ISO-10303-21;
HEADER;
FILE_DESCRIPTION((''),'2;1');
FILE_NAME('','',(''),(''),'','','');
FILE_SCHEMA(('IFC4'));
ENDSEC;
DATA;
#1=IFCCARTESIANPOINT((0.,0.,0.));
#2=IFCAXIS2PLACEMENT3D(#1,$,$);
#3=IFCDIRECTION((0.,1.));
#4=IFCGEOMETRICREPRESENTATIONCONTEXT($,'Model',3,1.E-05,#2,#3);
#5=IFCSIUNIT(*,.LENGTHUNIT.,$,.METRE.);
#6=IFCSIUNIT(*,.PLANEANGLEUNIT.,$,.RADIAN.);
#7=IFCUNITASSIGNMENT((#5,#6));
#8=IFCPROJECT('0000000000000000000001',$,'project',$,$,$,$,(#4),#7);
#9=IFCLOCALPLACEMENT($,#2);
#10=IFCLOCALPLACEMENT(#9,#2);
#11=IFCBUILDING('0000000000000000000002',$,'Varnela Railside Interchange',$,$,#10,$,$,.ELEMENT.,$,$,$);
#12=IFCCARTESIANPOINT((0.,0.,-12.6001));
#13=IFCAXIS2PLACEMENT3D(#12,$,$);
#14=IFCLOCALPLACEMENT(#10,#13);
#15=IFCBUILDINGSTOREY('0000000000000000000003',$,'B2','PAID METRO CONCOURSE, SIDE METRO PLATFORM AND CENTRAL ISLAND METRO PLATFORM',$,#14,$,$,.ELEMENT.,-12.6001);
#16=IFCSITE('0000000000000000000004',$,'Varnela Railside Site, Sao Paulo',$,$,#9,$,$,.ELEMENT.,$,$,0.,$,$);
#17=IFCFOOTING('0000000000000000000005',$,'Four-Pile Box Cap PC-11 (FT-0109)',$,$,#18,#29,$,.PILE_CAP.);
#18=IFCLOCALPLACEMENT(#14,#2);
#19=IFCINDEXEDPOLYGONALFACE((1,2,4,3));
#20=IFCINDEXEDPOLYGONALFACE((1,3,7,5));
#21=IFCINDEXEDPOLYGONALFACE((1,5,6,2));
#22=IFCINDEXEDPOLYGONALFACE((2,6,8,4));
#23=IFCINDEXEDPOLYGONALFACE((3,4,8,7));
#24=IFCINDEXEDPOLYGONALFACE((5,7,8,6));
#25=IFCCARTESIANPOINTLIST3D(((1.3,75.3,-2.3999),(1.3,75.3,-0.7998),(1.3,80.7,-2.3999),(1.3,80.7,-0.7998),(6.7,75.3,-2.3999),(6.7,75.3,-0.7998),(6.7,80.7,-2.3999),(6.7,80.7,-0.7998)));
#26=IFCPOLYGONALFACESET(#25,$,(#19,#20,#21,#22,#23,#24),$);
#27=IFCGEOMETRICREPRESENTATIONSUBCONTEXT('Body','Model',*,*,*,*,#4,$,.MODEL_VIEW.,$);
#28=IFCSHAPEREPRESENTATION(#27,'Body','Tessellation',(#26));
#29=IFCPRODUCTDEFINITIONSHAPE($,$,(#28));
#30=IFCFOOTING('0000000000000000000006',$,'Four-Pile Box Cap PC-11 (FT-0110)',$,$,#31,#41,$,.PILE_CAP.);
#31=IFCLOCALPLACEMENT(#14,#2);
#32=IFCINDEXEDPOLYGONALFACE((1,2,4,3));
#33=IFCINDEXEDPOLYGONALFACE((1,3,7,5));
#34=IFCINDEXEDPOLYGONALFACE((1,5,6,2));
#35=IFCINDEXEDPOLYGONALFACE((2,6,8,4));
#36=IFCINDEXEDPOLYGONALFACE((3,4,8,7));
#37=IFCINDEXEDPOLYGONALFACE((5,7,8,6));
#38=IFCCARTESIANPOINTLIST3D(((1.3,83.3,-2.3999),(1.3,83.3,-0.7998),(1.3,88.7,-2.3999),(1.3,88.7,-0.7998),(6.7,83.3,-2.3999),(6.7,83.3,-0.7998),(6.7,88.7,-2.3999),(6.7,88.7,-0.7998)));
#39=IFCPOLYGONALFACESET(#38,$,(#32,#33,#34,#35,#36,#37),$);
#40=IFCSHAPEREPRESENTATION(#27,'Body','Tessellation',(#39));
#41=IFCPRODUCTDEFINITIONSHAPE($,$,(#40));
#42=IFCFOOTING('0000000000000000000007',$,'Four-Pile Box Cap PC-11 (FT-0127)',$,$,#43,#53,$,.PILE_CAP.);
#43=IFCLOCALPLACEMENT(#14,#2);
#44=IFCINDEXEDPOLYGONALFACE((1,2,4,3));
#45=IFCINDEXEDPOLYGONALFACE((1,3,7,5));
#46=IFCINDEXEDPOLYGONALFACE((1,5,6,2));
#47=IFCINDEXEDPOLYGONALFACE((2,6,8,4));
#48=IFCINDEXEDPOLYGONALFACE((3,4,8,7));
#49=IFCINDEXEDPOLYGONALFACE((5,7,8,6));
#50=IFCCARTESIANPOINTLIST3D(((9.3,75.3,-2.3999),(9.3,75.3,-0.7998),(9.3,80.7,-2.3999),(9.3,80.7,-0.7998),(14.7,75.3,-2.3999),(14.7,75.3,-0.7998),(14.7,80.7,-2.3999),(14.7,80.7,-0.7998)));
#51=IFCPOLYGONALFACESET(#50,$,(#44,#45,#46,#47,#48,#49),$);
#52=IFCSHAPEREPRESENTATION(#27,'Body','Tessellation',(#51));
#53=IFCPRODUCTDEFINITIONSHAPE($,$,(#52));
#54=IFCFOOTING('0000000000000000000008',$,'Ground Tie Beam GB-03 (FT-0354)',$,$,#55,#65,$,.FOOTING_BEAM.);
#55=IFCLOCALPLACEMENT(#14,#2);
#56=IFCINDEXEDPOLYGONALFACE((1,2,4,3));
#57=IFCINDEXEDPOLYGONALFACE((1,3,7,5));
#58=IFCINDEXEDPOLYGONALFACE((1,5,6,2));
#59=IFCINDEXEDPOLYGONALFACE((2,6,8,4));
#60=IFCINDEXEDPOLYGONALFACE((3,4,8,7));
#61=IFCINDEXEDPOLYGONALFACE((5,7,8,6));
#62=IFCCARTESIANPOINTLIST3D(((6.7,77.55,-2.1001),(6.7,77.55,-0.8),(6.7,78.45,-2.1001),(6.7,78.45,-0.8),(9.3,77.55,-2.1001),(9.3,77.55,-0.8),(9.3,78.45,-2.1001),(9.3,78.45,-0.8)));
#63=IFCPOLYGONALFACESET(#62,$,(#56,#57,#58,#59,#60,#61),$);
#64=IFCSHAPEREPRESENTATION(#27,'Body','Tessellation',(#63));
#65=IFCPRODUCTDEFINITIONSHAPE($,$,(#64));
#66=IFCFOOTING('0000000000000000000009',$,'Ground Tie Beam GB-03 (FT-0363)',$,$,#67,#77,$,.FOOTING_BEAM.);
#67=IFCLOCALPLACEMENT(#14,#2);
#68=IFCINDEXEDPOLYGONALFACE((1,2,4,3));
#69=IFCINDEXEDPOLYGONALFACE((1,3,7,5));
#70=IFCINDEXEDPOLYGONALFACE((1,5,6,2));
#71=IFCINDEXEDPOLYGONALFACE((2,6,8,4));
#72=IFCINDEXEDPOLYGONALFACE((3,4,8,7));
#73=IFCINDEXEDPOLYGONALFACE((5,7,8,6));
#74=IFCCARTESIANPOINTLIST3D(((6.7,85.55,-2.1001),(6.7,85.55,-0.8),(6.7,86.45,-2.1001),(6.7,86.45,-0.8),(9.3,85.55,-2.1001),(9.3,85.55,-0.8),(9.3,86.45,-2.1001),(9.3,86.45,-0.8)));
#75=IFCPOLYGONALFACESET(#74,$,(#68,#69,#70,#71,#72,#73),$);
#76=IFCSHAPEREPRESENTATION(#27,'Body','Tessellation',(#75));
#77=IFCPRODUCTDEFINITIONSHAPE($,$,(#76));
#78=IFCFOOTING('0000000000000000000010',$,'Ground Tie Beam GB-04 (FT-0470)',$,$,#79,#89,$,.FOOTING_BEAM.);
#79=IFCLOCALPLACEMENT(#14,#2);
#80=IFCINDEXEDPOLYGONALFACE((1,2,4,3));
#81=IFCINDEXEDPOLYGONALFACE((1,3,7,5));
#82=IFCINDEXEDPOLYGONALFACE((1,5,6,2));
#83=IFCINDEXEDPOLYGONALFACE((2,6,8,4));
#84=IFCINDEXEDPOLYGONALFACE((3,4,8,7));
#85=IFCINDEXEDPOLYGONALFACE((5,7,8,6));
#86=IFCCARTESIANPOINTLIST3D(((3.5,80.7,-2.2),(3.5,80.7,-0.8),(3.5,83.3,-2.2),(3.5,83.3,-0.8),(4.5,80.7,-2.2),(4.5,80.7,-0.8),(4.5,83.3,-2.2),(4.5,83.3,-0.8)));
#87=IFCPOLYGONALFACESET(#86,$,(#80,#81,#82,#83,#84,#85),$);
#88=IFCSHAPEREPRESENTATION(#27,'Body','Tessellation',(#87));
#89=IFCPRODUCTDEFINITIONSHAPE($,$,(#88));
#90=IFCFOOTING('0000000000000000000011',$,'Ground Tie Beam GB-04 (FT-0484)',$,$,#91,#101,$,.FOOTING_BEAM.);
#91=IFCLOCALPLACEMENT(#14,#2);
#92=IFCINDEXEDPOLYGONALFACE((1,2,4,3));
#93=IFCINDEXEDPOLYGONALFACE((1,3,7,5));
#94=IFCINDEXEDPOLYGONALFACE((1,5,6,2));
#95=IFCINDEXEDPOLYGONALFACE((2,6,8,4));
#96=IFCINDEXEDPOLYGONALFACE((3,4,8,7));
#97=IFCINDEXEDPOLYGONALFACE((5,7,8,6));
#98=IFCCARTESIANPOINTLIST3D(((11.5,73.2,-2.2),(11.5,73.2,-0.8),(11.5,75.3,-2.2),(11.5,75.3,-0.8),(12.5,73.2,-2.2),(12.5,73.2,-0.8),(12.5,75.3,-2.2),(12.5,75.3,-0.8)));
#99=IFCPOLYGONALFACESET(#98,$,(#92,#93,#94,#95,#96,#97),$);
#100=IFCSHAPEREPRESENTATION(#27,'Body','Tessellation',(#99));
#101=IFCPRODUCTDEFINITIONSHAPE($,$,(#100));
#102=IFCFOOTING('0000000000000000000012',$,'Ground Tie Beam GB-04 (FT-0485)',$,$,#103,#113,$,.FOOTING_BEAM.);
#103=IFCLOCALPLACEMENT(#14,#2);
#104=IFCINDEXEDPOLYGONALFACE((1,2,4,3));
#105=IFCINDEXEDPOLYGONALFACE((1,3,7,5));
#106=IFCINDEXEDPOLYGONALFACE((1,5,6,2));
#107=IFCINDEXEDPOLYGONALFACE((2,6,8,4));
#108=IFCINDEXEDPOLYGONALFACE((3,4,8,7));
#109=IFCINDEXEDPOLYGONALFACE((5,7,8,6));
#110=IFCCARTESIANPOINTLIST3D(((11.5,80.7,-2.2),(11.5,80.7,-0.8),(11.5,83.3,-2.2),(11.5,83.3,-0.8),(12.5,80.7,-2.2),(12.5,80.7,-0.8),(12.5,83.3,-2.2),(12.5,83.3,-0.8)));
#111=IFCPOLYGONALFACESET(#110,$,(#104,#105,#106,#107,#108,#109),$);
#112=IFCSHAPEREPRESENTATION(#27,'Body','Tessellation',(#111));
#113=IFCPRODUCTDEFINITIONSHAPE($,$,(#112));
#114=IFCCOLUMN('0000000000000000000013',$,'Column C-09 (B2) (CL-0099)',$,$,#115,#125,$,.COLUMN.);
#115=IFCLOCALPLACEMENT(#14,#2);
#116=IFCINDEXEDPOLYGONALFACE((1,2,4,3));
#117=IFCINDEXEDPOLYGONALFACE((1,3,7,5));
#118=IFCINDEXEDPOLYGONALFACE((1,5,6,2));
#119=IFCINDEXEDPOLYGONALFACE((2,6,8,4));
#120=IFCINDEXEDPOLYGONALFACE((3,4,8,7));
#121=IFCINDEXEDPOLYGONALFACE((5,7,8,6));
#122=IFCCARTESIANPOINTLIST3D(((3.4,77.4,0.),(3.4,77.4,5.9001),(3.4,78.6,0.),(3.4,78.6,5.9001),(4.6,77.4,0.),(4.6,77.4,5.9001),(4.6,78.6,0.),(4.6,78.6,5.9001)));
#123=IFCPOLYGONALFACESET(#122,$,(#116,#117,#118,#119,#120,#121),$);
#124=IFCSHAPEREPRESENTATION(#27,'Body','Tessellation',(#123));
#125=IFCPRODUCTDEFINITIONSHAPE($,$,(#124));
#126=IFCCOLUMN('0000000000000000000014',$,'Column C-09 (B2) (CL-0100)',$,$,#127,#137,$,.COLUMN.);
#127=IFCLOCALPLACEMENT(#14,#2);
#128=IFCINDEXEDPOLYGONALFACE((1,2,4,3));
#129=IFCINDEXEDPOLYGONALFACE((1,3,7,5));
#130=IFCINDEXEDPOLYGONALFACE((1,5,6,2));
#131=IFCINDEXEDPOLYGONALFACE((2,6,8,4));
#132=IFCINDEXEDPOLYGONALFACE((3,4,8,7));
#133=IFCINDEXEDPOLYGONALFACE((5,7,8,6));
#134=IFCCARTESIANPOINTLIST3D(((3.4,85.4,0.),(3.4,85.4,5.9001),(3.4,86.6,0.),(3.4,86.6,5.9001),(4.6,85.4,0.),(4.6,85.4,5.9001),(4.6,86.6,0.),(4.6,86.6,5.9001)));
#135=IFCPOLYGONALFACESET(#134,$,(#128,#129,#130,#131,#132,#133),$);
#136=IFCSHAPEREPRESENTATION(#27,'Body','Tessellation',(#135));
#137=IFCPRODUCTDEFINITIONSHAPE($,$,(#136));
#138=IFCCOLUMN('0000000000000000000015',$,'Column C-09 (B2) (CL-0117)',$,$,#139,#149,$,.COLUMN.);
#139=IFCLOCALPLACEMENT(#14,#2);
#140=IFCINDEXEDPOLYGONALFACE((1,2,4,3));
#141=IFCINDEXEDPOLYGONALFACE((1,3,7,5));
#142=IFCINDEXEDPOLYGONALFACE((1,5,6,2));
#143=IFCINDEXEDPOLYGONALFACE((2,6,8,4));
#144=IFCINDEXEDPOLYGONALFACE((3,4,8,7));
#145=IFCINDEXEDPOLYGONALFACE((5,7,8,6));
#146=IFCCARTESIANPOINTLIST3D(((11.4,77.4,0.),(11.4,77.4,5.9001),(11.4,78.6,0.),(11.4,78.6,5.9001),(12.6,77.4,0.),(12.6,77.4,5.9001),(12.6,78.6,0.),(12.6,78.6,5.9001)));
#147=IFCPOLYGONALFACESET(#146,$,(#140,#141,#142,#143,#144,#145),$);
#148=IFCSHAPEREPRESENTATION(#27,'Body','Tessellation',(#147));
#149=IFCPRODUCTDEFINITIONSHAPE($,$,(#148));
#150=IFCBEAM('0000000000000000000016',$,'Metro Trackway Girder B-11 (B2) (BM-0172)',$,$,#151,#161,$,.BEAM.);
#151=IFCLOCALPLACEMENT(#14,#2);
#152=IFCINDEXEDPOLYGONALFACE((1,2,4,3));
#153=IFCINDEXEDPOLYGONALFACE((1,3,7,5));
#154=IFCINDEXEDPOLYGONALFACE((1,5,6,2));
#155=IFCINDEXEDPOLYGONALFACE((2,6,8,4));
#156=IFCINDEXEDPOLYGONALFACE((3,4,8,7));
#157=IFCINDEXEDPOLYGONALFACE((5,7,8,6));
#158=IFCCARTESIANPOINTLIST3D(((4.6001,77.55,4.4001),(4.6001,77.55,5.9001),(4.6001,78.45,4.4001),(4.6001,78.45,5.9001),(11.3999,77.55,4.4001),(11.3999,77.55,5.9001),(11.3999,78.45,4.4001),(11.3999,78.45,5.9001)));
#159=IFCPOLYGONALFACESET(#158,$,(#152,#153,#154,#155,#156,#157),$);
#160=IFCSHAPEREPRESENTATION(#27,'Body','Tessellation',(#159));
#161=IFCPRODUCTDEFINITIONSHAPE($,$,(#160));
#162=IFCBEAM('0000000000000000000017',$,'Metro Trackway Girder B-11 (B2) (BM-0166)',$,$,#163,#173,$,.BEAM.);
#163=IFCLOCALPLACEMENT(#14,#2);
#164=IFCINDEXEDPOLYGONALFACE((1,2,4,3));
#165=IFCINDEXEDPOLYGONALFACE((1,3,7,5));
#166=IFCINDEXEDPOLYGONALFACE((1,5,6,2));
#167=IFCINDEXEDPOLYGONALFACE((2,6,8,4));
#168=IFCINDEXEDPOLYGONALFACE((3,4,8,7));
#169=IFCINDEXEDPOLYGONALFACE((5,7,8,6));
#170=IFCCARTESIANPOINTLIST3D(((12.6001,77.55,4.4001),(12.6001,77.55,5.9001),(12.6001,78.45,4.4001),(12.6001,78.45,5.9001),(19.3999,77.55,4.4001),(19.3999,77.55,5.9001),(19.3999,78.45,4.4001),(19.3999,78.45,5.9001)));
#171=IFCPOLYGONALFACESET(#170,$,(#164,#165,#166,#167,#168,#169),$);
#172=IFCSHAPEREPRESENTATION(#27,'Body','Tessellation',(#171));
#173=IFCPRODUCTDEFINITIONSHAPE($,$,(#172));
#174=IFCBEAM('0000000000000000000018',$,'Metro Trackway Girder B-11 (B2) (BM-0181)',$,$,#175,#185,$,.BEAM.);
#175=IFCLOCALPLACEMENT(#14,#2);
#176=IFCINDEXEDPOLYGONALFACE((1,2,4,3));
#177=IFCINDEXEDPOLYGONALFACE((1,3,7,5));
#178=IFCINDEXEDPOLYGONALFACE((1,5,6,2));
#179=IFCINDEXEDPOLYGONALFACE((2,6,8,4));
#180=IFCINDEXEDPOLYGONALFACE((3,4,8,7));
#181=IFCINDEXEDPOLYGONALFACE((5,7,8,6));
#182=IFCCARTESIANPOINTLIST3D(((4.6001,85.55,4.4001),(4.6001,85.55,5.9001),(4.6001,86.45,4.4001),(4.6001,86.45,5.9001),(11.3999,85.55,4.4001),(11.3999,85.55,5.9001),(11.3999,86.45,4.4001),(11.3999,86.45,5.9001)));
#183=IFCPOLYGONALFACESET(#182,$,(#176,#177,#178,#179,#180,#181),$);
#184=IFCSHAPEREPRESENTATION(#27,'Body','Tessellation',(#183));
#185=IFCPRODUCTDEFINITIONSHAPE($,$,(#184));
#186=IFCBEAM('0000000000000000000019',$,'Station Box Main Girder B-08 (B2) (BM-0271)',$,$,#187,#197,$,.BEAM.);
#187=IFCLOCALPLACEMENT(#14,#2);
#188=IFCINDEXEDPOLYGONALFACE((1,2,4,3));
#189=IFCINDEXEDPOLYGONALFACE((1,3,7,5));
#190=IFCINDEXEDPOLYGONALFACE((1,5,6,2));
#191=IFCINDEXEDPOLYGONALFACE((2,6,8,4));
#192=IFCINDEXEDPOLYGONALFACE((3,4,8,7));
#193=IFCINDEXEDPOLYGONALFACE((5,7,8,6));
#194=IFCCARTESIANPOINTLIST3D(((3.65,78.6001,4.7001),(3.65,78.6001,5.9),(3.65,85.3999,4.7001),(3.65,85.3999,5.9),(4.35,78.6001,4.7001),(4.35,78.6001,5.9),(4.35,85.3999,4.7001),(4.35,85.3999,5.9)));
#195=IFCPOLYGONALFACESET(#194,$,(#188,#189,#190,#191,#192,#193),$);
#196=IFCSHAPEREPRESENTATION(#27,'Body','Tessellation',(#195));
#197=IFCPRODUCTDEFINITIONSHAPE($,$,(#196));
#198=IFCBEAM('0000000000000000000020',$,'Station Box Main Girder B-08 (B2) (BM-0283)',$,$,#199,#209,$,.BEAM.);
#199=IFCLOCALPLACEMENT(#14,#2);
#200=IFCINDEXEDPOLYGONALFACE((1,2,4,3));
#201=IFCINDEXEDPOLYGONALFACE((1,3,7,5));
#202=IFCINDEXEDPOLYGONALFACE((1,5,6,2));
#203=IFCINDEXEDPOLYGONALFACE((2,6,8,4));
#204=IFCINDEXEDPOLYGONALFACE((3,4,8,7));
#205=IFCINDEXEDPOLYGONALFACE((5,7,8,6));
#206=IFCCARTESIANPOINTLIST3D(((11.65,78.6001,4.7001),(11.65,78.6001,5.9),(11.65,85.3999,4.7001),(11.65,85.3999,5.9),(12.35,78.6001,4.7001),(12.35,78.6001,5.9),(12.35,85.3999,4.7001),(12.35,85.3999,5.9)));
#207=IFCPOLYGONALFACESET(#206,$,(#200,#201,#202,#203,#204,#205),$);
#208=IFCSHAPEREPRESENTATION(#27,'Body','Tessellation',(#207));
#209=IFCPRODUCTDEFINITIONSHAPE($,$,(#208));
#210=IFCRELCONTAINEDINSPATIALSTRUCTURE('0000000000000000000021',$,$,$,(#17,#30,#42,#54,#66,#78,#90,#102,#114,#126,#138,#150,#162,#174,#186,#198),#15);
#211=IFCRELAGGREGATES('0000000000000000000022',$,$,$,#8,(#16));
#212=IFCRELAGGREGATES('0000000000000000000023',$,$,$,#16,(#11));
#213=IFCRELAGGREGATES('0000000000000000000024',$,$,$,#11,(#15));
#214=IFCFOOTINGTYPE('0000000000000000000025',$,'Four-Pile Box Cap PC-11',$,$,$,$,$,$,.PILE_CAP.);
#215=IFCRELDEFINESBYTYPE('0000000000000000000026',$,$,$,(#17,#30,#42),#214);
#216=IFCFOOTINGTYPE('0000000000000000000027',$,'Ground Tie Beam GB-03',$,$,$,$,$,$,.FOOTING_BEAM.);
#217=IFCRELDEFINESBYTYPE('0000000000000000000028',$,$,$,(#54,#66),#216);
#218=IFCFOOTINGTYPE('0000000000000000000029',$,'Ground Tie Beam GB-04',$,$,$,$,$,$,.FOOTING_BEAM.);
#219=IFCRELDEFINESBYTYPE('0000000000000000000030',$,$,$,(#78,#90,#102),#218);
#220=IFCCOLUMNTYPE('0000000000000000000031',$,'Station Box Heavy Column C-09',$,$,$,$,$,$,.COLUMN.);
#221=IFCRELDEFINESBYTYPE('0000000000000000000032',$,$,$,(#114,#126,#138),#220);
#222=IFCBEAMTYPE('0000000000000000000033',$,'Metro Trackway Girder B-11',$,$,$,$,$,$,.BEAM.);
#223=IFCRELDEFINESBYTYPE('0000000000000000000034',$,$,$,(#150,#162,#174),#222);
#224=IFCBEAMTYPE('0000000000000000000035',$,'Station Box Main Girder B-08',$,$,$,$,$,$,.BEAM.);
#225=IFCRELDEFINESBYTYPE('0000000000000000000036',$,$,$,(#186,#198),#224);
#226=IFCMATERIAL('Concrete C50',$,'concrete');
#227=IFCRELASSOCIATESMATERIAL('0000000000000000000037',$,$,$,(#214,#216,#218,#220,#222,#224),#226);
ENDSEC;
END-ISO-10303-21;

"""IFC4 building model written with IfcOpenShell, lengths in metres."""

from ifc_helpers import new_model, si_unit, direction, frame, origin, origin_2d, place, context, subcontext, project, spatial, rectangle, extrude, material, material_profile, profile_set, type_object, element, save


model = new_model("IFC4")

# Units and contexts
model_context = context("Model", 3, precision=1e-05, world=origin(), true_north=direction((0.0, 1.0)))
body_context = subcontext(model_context, "Body", "Model", "MODEL_VIEW")
ifc_project = project(units=[si_unit("LENGTHUNIT", "METRE"), si_unit("PLANEANGLEUNIT", "RADIAN")], contexts=[model_context])

# Site, building, storey
site_placement = place(None, origin())
site = spatial("IfcSite", under=ifc_project, at=site_placement, Name="Varnela Railside Site, Sao Paulo", CompositionType="ELEMENT", RefElevation=0.0)
building_placement = place(site_placement, origin())
building = spatial("IfcBuilding", under=site, at=building_placement, Name="Varnela Railside Interchange", CompositionType="ELEMENT")
storey_placement = place(building_placement, frame((0.0, 0.0, -12.6001)))
storey = spatial("IfcBuildingStorey", under=building, at=storey_placement, Name="B2", Description="PAID METRO CONCOURSE, SIDE METRO PLATFORM AND CENTRAL ISLAND METRO PLATFORM", CompositionType="ELEMENT", Elevation=-12.6001)

# Footings
ifc_material_1 = material(Name="Concrete C50", Category="concrete")
footing_type_1 = type_object("IfcFootingType", Name="Four-Pile Box Cap PC-11", PredefinedType="PILE_CAP", material=ifc_material_1)
for number, where, z_axis, x_axis, name in (
    (1, (4.0, 78.0, -2.3999), (0.0, 0.0, 1.0), (1.0, 0.0, 0.0), "Four-Pile Box Cap PC-11 (FT-0109)"),
    (2, (4.0, 86.0, -2.3999), (0.0, 0.0, 1.0), (1.0, 0.0, 0.0), "Four-Pile Box Cap PC-11 (FT-0110)"),
    (3, (12.0, 78.0, -2.3999), (0.0, 0.0, 1.0), (1.0, 0.0, 0.0), "Four-Pile Box Cap PC-11 (FT-0127)"),
):
    element("IfcFooting", number, at=place(storey_placement, frame(where, z_axis=z_axis, x_axis=x_axis)), inside=storey, type_object=footing_type_1, Name=name, PredefinedType="PILE_CAP", context=body_context, shape_type="SweptSolid", body=[
        extrude(rectangle(XDim=5.3999, YDim=5.3999, at=origin_2d()), origin(), (0.0, 0.0, 1.0), 1.6001),
    ])
footing_type_2 = type_object("IfcFootingType", Name="Ground Tie Beam GB-03", PredefinedType="FOOTING_BEAM", material=ifc_material_1)
for number, where, z_axis, x_axis, name in (
    (4, (8.0, 78.0, -2.1001), (0.0, 0.0, 1.0), (1.0, 0.0, 0.0), "Ground Tie Beam GB-03 (FT-0354)"),
    (5, (8.0, 86.0, -2.1001), (0.0, 0.0, 1.0), (1.0, 0.0, 0.0), "Ground Tie Beam GB-03 (FT-0363)"),
):
    element("IfcFooting", number, at=place(storey_placement, frame(where, z_axis=z_axis, x_axis=x_axis)), inside=storey, type_object=footing_type_2, Name=name, PredefinedType="FOOTING_BEAM", context=body_context, shape_type="SweptSolid", body=[
        extrude(rectangle(XDim=2.6001, YDim=0.8999, at=origin_2d()), origin(), (0.0, 0.0, 1.0), 1.3),
    ])
footing_type_3 = type_object("IfcFootingType", Name="Ground Tie Beam GB-04", PredefinedType="FOOTING_BEAM", material=ifc_material_1)
footing_1_placement = place(storey_placement, frame((4.0, 82.0, -2.2), z_axis=(0.0, 0.0, 1.0), x_axis=(1.0, 0.0, 0.0)))
element("IfcFooting", 6, at=footing_1_placement, inside=storey, type_object=footing_type_3, Name="Ground Tie Beam GB-04 (FT-0470)", PredefinedType="FOOTING_BEAM", context=body_context, shape_type="SweptSolid", body=[
    extrude(rectangle(XDim=1.0, YDim=2.6001, at=origin_2d()), origin(), (0.0, 0.0, 1.0), 1.3999),
])
footing_2_placement = place(storey_placement, frame((12.0, 74.25, -2.2), z_axis=(0.0, 0.0, 1.0), x_axis=(1.0, 0.0, 0.0)))
element("IfcFooting", 7, at=footing_2_placement, inside=storey, type_object=footing_type_3, Name="Ground Tie Beam GB-04 (FT-0484)", PredefinedType="FOOTING_BEAM", context=body_context, shape_type="SweptSolid", body=[
    extrude(rectangle(XDim=1.0, YDim=2.1001, at=origin_2d()), origin(), (0.0, 0.0, 1.0), 1.3999),
])
footing_3_placement = place(storey_placement, frame((12.0, 82.0, -2.2), z_axis=(0.0, 0.0, 1.0), x_axis=(1.0, 0.0, 0.0)))
element("IfcFooting", 8, at=footing_3_placement, inside=storey, type_object=footing_type_3, Name="Ground Tie Beam GB-04 (FT-0485)", PredefinedType="FOOTING_BEAM", context=body_context, shape_type="SweptSolid", body=[
    extrude(rectangle(XDim=1.0, YDim=2.6001, at=origin_2d()), origin(), (0.0, 0.0, 1.0), 1.3999),
])

# Columns
ifc_material_profile_1 = material_profile(ifc_material_1, rectangle(XDim=1.2, YDim=1.2, at=origin_2d()), Name="RC 1200x1200")
ifc_profile_set_1 = profile_set([ifc_material_profile_1], Name="Concrete C50")
column_type = type_object("IfcColumnType", Name="Station Box Heavy Column C-09", PredefinedType="COLUMN", material=ifc_profile_set_1)
for number, where, z_axis, x_axis, name in (
    (9, (4.0, 78.0, 0.0), (0.0, 0.0, 1.0), (1.0, 0.0, 0.0), "Column C-09 (B2) (CL-0099)"),
    (10, (4.0, 86.0, 0.0), (0.0, 0.0, 1.0), (1.0, 0.0, 0.0), "Column C-09 (B2) (CL-0100)"),
    (11, (12.0, 78.0, 0.0), (0.0, 0.0, 1.0), (1.0, 0.0, 0.0), "Column C-09 (B2) (CL-0117)"),
):
    element("IfcColumn", number, at=place(storey_placement, frame(where, z_axis=z_axis, x_axis=x_axis)), inside=storey, type_object=column_type, Name=name, PredefinedType="COLUMN", context=body_context, shape_type="SweptSolid", body=[
        extrude(rectangle(XDim=1.2, YDim=1.2, at=origin_2d()), origin(), (0.0, 0.0, 1.0), 5.9001),
    ])

# Beams
ifc_material_profile_2 = material_profile(ifc_material_1, rectangle(XDim=0.8999, YDim=1.5, at=origin_2d()), Name="RC 900x1500")
ifc_profile_set_2 = profile_set([ifc_material_profile_2], Name="Concrete C50")
beam_type_1 = type_object("IfcBeamType", Name="Metro Trackway Girder B-11", PredefinedType="BEAM", material=ifc_profile_set_2)
for number, where, z_axis, x_axis, name in (
    (12, (4.6001, 78.0, 5.1501), (1.0, 0.0, 0.0), (0.0, 1.0, 0.0), "Metro Trackway Girder B-11 (B2) (BM-0172)"),
    (13, (12.6001, 78.0, 5.1501), (1.0, 0.0, 0.0), (0.0, 1.0, 0.0), "Metro Trackway Girder B-11 (B2) (BM-0166)"),
    (14, (4.6001, 86.0, 5.1501), (1.0, 0.0, 0.0), (0.0, 1.0, 0.0), "Metro Trackway Girder B-11 (B2) (BM-0181)"),
):
    element("IfcBeam", number, at=place(storey_placement, frame(where, z_axis=z_axis, x_axis=x_axis)), inside=storey, type_object=beam_type_1, Name=name, PredefinedType="BEAM", context=body_context, shape_type="SweptSolid", body=[
        extrude(rectangle(XDim=0.8999, YDim=1.5, at=origin_2d()), origin(), (0.0, 0.0, 1.0), 6.7998),
    ])
ifc_material_profile_3 = material_profile(ifc_material_1, rectangle(XDim=0.7, YDim=1.2, at=origin_2d()), Name="RC 700x1200")
ifc_profile_set_3 = profile_set([ifc_material_profile_3], Name="Concrete C50")
beam_type_2 = type_object("IfcBeamType", Name="Station Box Main Girder B-08", PredefinedType="BEAM", material=ifc_profile_set_3)
for number, where, z_axis, x_axis, name in (
    (15, (4.0, 78.6001, 5.3), (0.0, 1.0, 0.0), (-1.0, 0.0, 0.0), "Station Box Main Girder B-08 (B2) (BM-0271)"),
    (16, (12.0, 78.6001, 5.3), (0.0, 1.0, 0.0), (-1.0, 0.0, 0.0), "Station Box Main Girder B-08 (B2) (BM-0283)"),
):
    element("IfcBeam", number, at=place(storey_placement, frame(where, z_axis=z_axis, x_axis=x_axis)), inside=storey, type_object=beam_type_2, Name=name, PredefinedType="BEAM", context=body_context, shape_type="SweptSolid", body=[
        extrude(rectangle(XDim=0.7, YDim=1.2, at=origin_2d()), origin(), (0.0, 0.0, 1.0), 6.7998),
    ])

save(model, "model.ifc")
